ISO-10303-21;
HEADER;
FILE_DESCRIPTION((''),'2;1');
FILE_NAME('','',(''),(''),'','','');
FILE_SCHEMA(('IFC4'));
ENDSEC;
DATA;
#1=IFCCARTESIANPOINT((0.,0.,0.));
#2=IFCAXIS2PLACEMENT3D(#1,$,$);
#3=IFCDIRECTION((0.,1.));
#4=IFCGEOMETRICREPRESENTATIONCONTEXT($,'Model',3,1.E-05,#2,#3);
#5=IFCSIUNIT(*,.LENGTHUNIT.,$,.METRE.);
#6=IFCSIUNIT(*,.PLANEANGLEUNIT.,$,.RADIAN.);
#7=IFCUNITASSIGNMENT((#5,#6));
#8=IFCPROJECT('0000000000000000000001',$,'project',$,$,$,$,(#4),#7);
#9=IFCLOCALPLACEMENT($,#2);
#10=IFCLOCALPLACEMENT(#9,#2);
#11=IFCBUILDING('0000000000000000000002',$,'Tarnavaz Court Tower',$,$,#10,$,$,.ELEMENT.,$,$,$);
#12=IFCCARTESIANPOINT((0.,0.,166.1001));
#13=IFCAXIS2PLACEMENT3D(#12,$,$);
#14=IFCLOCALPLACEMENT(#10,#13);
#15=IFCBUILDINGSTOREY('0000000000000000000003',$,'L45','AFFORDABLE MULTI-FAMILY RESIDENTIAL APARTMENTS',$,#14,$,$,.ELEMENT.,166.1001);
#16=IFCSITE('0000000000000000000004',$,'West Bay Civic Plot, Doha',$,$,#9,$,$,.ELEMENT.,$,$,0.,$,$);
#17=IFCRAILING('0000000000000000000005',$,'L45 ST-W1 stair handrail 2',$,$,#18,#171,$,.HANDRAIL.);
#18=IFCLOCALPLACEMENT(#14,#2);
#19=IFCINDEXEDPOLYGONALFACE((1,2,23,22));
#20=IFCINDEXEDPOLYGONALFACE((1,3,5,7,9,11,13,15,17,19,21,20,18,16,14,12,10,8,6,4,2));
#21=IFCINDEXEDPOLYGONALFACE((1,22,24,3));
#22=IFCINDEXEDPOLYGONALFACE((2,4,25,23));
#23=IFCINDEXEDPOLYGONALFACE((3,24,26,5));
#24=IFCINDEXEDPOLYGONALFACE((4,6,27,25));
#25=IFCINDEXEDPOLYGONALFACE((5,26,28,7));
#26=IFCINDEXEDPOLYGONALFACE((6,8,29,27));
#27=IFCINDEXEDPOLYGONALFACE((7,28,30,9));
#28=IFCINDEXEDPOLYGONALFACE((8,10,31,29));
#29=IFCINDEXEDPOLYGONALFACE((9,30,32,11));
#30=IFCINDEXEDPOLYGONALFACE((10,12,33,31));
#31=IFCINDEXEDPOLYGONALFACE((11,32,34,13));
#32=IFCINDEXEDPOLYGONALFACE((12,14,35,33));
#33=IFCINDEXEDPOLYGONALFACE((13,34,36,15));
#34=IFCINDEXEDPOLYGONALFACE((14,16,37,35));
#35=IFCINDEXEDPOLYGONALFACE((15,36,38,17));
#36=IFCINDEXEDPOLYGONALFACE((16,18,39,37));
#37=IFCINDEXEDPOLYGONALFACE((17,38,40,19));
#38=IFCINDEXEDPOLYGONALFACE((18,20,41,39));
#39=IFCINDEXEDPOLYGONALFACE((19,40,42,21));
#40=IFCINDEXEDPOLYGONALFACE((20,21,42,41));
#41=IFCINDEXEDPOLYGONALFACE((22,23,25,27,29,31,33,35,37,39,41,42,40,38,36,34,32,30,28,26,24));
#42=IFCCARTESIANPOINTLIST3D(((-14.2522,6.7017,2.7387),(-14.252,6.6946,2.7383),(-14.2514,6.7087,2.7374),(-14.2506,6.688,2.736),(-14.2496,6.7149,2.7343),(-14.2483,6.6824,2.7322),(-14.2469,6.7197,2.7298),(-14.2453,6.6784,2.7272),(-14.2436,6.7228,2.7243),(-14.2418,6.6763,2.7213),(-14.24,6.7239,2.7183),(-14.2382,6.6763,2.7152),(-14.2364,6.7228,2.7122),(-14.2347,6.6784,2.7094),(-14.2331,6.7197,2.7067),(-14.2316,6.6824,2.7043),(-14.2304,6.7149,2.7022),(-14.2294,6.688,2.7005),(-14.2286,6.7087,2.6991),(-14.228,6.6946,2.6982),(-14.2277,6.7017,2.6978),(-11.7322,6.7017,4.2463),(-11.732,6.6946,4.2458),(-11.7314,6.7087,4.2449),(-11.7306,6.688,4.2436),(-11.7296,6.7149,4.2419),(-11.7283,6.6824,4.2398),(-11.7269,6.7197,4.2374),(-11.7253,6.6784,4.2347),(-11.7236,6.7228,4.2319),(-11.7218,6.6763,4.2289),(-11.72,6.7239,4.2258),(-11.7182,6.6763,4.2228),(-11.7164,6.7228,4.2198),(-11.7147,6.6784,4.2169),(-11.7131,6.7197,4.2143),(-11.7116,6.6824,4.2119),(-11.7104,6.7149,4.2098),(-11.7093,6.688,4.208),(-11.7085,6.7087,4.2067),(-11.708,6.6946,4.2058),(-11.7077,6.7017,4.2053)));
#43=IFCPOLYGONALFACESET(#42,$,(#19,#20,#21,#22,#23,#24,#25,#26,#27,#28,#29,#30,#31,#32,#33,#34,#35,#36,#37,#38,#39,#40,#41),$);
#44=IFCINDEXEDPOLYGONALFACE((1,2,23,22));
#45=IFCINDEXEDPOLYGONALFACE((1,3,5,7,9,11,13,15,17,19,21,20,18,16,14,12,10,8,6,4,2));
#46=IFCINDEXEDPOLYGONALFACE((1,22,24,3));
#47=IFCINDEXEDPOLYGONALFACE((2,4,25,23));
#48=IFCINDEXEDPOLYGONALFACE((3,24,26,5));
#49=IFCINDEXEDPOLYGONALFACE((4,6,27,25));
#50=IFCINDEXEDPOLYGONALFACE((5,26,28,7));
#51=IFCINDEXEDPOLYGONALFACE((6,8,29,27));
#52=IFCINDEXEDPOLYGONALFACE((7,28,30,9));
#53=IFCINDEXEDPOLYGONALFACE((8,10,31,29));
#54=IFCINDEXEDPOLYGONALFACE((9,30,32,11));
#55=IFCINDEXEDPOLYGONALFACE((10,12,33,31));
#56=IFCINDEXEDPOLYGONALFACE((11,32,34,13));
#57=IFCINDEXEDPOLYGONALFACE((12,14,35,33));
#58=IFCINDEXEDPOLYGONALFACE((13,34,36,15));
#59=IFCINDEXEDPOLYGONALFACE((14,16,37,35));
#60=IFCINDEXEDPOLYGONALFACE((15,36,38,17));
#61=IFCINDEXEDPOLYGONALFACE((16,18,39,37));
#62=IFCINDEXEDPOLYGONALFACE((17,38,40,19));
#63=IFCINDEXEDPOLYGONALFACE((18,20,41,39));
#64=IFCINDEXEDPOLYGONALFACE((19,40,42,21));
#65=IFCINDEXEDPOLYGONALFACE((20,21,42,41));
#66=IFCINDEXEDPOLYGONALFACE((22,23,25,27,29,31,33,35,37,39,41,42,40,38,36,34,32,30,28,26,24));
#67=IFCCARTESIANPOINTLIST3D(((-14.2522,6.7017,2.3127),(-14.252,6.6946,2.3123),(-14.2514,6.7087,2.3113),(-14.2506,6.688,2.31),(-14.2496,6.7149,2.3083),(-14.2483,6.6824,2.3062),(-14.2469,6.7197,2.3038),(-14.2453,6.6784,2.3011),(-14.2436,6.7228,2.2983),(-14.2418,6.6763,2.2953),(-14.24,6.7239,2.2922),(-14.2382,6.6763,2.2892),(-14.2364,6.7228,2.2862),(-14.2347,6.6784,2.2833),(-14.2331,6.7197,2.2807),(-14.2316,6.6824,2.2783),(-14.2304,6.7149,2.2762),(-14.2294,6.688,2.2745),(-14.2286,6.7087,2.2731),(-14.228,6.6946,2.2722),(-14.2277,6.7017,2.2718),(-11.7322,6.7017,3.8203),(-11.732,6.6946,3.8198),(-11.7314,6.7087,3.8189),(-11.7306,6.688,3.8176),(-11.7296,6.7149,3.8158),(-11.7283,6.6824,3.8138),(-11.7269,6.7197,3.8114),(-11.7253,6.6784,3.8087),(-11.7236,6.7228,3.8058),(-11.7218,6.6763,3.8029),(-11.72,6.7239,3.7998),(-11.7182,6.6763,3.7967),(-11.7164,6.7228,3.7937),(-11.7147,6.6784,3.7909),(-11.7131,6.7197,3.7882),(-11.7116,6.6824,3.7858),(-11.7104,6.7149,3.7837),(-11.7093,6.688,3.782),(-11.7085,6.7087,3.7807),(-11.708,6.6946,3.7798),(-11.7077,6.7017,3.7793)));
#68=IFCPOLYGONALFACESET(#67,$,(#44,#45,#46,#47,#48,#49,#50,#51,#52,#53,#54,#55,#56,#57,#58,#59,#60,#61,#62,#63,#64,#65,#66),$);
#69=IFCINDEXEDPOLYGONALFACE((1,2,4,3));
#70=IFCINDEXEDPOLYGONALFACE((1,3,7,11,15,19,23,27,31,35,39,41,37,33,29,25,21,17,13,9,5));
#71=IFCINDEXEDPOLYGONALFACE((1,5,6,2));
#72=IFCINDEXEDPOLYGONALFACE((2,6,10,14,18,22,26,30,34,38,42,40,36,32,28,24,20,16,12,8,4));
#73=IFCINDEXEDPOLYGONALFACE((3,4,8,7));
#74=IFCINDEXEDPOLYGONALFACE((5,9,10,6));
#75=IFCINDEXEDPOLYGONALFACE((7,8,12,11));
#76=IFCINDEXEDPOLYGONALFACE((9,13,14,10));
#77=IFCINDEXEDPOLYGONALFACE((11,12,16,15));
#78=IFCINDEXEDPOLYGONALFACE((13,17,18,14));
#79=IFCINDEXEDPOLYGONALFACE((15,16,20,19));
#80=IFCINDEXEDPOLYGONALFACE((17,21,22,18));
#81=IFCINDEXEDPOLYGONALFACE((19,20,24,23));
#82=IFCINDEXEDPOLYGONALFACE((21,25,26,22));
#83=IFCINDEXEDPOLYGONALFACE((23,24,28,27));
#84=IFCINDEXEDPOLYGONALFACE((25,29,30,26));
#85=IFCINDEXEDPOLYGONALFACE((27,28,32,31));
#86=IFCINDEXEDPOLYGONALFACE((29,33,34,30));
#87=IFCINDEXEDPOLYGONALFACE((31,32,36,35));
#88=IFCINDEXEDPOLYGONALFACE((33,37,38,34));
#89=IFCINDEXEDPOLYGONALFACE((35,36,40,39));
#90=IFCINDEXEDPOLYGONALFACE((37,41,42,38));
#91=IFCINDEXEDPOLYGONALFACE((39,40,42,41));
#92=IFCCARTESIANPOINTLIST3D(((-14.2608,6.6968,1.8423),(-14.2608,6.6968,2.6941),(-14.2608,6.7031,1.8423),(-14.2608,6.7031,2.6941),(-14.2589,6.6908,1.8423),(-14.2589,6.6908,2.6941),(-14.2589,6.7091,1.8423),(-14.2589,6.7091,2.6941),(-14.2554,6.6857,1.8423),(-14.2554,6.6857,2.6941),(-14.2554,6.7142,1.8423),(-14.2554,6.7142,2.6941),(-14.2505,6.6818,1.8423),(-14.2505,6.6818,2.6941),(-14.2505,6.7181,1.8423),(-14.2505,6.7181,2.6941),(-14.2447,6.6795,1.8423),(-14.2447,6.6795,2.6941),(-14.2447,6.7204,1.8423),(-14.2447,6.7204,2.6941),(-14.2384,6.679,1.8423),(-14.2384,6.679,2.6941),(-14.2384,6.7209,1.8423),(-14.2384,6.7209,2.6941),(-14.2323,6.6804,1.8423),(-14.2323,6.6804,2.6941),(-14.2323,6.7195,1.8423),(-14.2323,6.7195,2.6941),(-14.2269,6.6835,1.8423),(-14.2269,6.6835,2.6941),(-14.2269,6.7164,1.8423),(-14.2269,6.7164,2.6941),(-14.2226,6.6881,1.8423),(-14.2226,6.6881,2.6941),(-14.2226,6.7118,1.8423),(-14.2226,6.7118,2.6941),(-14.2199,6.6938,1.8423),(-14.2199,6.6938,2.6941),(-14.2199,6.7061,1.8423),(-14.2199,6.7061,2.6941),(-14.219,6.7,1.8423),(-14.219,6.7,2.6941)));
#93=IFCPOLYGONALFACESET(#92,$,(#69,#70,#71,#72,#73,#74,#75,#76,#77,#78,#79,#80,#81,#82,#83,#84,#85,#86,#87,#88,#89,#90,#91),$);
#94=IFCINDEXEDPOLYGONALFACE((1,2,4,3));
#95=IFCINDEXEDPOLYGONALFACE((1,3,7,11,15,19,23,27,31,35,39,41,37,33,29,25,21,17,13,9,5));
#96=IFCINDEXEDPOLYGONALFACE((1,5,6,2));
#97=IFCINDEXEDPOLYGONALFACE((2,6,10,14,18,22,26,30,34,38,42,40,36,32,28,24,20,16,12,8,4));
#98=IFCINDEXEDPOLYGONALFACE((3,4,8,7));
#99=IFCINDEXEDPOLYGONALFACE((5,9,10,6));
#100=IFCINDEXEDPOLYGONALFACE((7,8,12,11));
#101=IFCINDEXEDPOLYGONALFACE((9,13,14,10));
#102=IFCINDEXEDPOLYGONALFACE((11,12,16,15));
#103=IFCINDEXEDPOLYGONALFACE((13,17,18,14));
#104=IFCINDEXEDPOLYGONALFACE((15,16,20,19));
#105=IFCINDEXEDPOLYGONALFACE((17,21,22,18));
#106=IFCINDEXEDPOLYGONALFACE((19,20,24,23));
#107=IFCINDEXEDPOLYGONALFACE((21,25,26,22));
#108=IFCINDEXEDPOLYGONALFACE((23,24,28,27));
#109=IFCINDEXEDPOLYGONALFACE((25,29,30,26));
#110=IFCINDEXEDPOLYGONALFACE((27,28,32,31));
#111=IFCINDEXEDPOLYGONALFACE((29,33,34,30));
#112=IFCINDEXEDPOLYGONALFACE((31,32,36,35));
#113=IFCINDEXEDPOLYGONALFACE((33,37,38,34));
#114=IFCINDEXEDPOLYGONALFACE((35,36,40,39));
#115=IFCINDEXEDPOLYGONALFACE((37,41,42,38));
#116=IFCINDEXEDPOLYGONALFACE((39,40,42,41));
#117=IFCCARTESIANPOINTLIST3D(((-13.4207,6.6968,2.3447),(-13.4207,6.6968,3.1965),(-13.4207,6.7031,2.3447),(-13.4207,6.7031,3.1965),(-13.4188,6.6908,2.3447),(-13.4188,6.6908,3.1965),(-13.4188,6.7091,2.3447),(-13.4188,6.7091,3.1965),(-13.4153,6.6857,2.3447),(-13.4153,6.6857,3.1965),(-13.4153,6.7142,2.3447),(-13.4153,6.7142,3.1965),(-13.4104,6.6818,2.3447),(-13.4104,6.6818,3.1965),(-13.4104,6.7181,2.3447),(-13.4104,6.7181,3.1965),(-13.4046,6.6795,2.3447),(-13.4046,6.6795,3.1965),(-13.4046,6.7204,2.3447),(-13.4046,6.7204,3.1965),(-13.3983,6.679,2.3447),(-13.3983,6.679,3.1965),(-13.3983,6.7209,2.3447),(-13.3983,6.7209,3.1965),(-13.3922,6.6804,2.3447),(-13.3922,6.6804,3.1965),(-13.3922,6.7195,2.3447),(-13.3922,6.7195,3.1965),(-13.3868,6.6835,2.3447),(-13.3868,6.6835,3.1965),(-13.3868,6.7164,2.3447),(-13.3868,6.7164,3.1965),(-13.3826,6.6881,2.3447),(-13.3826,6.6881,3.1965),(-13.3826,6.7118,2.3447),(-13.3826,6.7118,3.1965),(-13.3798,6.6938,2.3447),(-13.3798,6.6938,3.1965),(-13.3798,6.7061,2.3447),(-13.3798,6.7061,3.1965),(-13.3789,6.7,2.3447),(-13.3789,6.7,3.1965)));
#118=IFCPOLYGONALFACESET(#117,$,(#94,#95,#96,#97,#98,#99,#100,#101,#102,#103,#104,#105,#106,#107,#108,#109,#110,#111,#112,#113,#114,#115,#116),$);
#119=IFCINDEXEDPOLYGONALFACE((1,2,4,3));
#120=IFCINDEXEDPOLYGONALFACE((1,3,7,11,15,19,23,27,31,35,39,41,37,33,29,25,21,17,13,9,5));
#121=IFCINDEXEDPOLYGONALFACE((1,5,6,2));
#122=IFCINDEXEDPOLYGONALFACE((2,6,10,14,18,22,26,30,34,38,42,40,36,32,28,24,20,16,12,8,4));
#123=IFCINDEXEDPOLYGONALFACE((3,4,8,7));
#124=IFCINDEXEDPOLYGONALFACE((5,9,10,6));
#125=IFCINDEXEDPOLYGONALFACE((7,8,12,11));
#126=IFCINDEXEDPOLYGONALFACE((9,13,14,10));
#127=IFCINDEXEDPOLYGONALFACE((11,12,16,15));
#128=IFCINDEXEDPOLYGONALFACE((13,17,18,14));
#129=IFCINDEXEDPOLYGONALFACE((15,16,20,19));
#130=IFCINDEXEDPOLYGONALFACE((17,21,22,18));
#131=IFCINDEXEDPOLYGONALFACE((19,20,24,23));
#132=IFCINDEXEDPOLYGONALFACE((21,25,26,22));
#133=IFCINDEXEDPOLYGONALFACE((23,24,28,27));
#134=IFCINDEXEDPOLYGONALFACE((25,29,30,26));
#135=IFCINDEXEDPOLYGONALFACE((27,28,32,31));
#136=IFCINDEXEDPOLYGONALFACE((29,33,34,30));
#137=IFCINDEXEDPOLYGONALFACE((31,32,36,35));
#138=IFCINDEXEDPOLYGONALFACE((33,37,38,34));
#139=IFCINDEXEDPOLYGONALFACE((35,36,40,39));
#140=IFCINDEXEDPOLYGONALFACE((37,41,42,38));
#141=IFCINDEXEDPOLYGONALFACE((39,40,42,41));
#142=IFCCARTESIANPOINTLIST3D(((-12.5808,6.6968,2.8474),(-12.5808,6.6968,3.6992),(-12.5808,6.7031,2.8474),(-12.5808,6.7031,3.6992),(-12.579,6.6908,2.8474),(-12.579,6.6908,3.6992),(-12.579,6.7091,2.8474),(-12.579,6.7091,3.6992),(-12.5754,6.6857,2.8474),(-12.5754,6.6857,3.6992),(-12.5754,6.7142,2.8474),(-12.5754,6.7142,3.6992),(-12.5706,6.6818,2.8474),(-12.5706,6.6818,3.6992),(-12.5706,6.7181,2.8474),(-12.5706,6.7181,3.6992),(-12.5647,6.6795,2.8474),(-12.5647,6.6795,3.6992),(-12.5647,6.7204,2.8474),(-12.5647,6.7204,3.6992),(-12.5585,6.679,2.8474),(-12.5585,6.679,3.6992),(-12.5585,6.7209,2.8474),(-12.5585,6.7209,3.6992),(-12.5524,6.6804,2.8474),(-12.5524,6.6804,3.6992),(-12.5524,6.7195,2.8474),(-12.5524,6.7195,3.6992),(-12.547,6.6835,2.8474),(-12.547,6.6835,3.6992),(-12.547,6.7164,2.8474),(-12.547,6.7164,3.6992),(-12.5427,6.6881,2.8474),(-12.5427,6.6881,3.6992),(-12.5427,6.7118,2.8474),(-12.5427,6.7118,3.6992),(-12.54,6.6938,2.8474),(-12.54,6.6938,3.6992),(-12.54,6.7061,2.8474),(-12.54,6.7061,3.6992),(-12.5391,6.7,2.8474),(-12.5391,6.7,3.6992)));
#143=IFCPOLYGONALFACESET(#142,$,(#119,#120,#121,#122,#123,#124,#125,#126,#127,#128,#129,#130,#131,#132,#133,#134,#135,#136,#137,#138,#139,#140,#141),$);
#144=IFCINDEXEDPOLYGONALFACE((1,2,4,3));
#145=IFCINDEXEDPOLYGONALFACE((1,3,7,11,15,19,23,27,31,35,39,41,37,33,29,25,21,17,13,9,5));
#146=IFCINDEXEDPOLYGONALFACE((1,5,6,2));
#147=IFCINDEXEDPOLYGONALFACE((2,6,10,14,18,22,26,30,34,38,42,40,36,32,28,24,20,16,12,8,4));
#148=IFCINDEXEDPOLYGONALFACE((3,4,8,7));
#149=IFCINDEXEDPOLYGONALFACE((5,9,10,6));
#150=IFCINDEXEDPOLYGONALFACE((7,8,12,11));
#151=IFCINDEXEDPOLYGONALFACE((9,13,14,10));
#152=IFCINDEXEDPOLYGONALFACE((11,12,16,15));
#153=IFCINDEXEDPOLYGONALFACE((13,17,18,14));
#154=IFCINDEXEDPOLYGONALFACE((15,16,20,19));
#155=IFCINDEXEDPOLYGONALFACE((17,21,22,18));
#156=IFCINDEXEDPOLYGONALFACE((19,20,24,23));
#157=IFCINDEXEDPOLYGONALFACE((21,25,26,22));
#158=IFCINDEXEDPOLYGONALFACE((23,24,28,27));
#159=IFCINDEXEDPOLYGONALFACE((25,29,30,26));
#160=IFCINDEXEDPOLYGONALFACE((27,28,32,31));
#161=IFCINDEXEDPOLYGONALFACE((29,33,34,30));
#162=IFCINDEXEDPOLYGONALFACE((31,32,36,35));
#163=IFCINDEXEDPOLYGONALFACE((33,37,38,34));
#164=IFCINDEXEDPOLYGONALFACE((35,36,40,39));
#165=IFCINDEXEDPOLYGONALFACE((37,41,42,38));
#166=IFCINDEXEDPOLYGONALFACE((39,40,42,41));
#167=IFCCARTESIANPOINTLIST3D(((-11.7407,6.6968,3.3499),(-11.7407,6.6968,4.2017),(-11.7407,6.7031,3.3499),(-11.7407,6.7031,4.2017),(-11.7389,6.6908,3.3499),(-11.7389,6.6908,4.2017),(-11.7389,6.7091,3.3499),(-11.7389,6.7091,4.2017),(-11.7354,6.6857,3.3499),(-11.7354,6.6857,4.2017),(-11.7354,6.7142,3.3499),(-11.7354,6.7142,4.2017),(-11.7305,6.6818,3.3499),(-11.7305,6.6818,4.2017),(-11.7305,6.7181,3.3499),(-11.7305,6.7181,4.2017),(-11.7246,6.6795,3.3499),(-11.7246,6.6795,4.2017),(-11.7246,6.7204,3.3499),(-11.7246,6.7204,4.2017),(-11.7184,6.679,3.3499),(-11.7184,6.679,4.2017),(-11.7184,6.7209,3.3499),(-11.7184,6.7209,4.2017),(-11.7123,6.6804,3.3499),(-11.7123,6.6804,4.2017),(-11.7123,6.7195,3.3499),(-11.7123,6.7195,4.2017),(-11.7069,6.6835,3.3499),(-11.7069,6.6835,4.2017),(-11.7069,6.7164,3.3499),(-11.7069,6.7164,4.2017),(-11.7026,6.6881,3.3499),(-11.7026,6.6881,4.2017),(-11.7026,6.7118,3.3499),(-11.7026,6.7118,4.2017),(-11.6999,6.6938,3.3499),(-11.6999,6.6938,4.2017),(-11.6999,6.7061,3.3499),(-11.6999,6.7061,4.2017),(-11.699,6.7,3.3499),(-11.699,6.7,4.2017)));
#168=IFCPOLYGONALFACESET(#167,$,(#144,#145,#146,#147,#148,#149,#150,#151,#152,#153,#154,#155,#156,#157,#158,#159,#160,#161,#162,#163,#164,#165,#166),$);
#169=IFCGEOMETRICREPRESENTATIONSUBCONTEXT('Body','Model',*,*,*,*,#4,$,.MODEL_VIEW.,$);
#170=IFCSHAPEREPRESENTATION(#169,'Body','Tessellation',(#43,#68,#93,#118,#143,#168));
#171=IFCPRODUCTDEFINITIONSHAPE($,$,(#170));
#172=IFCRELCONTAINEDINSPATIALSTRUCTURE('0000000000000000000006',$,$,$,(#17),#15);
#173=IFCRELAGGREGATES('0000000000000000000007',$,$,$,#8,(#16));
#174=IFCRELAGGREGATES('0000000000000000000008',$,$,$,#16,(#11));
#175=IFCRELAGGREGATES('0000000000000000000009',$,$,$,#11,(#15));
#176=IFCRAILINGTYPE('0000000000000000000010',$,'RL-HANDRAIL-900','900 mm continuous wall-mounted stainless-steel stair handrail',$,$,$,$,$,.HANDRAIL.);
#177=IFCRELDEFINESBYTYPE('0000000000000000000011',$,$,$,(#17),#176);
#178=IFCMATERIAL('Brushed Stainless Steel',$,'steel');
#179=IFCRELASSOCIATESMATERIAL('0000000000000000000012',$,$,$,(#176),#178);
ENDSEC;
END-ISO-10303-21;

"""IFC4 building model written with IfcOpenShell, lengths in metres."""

from ifc_helpers import new_model, si_unit, direction, frame, origin, origin_2d, place, context, subcontext, project, spatial, circle, extrude, material, type_object, element, save


model = new_model("IFC4")

# Units and contexts
model_context = context("Model", 3, precision=1e-05, world=origin(), true_north=direction((0.0, 1.0)))
body_context = subcontext(model_context, "Body", "Model", "MODEL_VIEW")
ifc_project = project(units=[si_unit("LENGTHUNIT", "METRE"), si_unit("PLANEANGLEUNIT", "RADIAN")], contexts=[model_context])

# Site, building, storey
site_placement = place(None, origin())
site = spatial("IfcSite", under=ifc_project, at=site_placement, Name="West Bay Civic Plot, Doha", CompositionType="ELEMENT", RefElevation=0.0)
building_placement = place(site_placement, origin())
building = spatial("IfcBuilding", under=site, at=building_placement, Name="Tarnavaz Court Tower", CompositionType="ELEMENT")
storey_placement = place(building_placement, frame((0.0, 0.0, 166.1001)))
storey = spatial("IfcBuildingStorey", under=building, at=storey_placement, Name="L45", Description="AFFORDABLE MULTI-FAMILY RESIDENTIAL APARTMENTS", CompositionType="ELEMENT", Elevation=166.1001)

# Railing
ifc_material_1 = material(Name="Brushed Stainless Steel", Category="steel")
railing_type_1 = type_object("IfcRailingType", Name="RL-HANDRAIL-900", Description="900 mm continuous wall-mounted stainless-steel stair handrail", PredefinedType="HANDRAIL", material=ifc_material_1)
railing_1_placement = place(storey_placement, frame((-14.24, 6.7, 1.8423)))
element("IfcRailing", 1, at=railing_1_placement, inside=storey, type_object=railing_type_1, Name="L45 ST-W1 stair handrail 2", PredefinedType="HANDRAIL", context=body_context, shape_type="SweptSolid", body=[
    extrude(circle(Radius=0.0239, at=origin_2d()), frame((0.0, 0.0, 0.876), z_axis=(0.85816, 0.0, 0.513383), x_axis=(0.0, 1.0, 0.0)), (0.0, 0.0, 1.0), 2.9365),
    extrude(circle(Radius=0.0239, at=origin_2d()), frame((0.0, 0.0, 0.45), z_axis=(0.85816, 0.0, 0.513383), x_axis=(0.0, 1.0, 0.0)), (0.0, 0.0, 1.0), 2.9365),
    extrude(circle(Radius=0.021, at=origin_2d()), origin(), (0.0, 0.0, 1.0), 0.8518),
    extrude(circle(Radius=0.021, at=origin_2d()), frame((0.8401, 0.0, 0.5024)), (0.0, 0.0, 1.0), 0.8518),
    extrude(circle(Radius=0.021, at=origin_2d()), frame((1.6799, 0.0, 1.0051)), (0.0, 0.0, 1.0), 0.8518),
    extrude(circle(Radius=0.021, at=origin_2d()), frame((2.52, 0.0, 1.5076)), (0.0, 0.0, 1.0), 0.8518),
])

save(model, "model.ifc")
